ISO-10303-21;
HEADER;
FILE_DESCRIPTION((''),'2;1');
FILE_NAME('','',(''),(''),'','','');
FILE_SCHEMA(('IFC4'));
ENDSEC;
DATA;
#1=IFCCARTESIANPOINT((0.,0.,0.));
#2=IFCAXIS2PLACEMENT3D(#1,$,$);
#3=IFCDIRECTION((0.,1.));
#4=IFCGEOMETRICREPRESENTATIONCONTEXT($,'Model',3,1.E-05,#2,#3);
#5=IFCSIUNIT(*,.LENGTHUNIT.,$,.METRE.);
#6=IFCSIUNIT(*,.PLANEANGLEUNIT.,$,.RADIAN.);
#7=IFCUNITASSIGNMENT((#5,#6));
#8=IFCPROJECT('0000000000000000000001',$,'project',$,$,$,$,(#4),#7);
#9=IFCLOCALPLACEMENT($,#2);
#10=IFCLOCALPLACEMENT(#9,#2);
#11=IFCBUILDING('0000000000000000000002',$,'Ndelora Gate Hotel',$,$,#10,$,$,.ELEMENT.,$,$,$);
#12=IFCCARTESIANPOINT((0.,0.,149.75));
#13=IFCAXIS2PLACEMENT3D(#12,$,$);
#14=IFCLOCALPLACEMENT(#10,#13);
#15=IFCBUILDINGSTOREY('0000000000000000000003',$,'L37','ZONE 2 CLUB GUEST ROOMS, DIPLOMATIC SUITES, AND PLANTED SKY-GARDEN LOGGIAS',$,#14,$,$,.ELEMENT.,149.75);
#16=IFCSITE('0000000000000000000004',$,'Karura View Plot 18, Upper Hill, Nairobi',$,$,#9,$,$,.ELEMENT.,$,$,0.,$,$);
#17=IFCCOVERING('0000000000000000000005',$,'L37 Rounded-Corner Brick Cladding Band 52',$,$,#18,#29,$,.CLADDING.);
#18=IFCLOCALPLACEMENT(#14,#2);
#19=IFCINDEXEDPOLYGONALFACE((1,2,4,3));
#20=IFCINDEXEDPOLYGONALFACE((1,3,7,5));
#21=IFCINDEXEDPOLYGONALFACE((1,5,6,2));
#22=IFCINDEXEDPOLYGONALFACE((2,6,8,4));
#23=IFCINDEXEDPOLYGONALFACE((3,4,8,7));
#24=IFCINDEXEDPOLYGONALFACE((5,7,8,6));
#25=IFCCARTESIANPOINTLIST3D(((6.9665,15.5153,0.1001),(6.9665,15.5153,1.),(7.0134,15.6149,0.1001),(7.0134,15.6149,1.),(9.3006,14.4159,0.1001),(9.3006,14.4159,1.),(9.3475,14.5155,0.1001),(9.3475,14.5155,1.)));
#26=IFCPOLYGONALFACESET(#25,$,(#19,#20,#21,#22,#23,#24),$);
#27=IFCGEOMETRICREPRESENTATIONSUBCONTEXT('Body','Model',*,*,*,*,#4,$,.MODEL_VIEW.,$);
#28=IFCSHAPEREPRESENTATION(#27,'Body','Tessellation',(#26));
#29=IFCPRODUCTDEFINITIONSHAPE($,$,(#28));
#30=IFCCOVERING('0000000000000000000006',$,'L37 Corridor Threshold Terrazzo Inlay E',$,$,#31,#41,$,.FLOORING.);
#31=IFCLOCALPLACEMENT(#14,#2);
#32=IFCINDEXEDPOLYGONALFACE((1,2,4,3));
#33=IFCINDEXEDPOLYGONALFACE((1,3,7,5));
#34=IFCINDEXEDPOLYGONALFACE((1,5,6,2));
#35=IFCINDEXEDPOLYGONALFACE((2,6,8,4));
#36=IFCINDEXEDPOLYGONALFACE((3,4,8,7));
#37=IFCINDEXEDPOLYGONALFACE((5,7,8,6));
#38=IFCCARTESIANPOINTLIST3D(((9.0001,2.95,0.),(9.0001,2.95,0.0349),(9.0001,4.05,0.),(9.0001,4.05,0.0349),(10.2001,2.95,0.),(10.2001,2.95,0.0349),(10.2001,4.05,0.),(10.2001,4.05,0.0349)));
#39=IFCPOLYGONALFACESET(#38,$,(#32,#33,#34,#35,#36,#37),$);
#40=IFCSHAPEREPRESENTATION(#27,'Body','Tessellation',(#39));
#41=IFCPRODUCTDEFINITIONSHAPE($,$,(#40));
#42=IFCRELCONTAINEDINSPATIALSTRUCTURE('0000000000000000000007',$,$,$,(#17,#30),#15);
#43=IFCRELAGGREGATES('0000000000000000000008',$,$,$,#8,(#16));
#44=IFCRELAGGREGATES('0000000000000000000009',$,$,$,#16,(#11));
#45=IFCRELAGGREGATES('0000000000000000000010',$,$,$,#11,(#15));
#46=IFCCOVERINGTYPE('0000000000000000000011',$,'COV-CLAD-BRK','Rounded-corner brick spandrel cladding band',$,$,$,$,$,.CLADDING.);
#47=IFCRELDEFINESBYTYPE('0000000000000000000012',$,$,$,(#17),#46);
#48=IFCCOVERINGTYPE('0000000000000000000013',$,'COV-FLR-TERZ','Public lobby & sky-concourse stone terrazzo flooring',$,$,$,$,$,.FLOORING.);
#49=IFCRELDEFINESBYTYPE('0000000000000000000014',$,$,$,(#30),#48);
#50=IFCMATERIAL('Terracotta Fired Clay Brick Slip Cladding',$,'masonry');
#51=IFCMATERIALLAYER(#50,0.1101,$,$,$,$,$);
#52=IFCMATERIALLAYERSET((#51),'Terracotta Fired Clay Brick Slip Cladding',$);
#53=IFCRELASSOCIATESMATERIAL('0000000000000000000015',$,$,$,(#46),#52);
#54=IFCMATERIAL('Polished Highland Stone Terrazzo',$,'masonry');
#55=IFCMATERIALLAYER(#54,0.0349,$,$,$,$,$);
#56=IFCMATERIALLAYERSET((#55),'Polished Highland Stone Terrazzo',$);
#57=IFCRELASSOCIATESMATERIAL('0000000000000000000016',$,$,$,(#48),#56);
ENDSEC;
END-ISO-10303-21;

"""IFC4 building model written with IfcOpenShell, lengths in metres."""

from ifc_helpers import new_model, si_unit, direction, frame, origin, origin_2d, place, context, subcontext, project, spatial, rectangle, extrude, material, layer, layer_set, type_object, element, save


model = new_model("IFC4")

# Units and contexts
model_context = context("Model", 3, precision=1e-05, world=origin(), true_north=direction((0.0, 1.0)))
body_context = subcontext(model_context, "Body", "Model", "MODEL_VIEW")
ifc_project = project(units=[si_unit("LENGTHUNIT", "METRE"), si_unit("PLANEANGLEUNIT", "RADIAN")], contexts=[model_context])

# Site, building, storey
site_placement = place(None, origin())
site = spatial("IfcSite", under=ifc_project, at=site_placement, Name="Karura View Plot 18, Upper Hill, Nairobi", CompositionType="ELEMENT", RefElevation=0.0)
building_placement = place(site_placement, origin())
building = spatial("IfcBuilding", under=site, at=building_placement, Name="Ndelora Gate Hotel", CompositionType="ELEMENT")
storey_placement = place(building_placement, frame((0.0, 0.0, 149.75)))
storey = spatial("IfcBuildingStorey", under=building, at=storey_placement, Name="L37", Description="ZONE 2 CLUB GUEST ROOMS, DIPLOMATIC SUITES, AND PLANTED SKY-GARDEN LOGGIAS", CompositionType="ELEMENT", Elevation=149.75)

# Coverings
ifc_material_1 = material(Name="Terracotta Fired Clay Brick Slip Cladding", Category="masonry")
ifc_layer_1 = layer(ifc_material_1, 0.1101)
ifc_layer_set_1 = layer_set([ifc_layer_1], Name="Terracotta Fired Clay Brick Slip Cladding")
covering_type_1 = type_object("IfcCoveringType", Name="COV-CLAD-BRK", Description="Rounded-corner brick spandrel cladding band", PredefinedType="CLADDING", material=ifc_layer_set_1)
covering_1_placement = place(storey_placement, frame((8.157, 15.0154, 0.1001), z_axis=(0.0, 0.0, 1.0), x_axis=(-0.904678, 0.426095, 0.0)))
element("IfcCovering", 1, at=covering_1_placement, inside=storey, type_object=covering_type_1, Name="L37 Rounded-Corner Brick Cladding Band 52", PredefinedType="CLADDING", context=body_context, shape_type="SweptSolid", body=[
    extrude(rectangle(XDim=2.5801, YDim=0.1101, at=origin_2d()), origin(), (0.0, 0.0, 1.0), 0.8999),
])
ifc_material_2 = material(Name="Polished Highland Stone Terrazzo", Category="masonry")
ifc_layer_2 = layer(ifc_material_2, 0.0349)
ifc_layer_set_2 = layer_set([ifc_layer_2], Name="Polished Highland Stone Terrazzo")
covering_type_2 = type_object("IfcCoveringType", Name="COV-FLR-TERZ", Description="Public lobby & sky-concourse stone terrazzo flooring", PredefinedType="FLOORING", material=ifc_layer_set_2)
covering_2_placement = place(storey_placement, frame((9.6001, 3.5, 0.0), z_axis=(0.0, 0.0, 1.0), x_axis=(1.0, 0.0, 0.0)))
element("IfcCovering", 2, at=covering_2_placement, inside=storey, type_object=covering_type_2, Name="L37 Corridor Threshold Terrazzo Inlay E", PredefinedType="FLOORING", context=body_context, shape_type="SweptSolid", body=[
    extrude(rectangle(XDim=1.2, YDim=1.1001, at=origin_2d()), origin(), (0.0, 0.0, 1.0), 0.0349),
])

save(model, "model.ifc")
